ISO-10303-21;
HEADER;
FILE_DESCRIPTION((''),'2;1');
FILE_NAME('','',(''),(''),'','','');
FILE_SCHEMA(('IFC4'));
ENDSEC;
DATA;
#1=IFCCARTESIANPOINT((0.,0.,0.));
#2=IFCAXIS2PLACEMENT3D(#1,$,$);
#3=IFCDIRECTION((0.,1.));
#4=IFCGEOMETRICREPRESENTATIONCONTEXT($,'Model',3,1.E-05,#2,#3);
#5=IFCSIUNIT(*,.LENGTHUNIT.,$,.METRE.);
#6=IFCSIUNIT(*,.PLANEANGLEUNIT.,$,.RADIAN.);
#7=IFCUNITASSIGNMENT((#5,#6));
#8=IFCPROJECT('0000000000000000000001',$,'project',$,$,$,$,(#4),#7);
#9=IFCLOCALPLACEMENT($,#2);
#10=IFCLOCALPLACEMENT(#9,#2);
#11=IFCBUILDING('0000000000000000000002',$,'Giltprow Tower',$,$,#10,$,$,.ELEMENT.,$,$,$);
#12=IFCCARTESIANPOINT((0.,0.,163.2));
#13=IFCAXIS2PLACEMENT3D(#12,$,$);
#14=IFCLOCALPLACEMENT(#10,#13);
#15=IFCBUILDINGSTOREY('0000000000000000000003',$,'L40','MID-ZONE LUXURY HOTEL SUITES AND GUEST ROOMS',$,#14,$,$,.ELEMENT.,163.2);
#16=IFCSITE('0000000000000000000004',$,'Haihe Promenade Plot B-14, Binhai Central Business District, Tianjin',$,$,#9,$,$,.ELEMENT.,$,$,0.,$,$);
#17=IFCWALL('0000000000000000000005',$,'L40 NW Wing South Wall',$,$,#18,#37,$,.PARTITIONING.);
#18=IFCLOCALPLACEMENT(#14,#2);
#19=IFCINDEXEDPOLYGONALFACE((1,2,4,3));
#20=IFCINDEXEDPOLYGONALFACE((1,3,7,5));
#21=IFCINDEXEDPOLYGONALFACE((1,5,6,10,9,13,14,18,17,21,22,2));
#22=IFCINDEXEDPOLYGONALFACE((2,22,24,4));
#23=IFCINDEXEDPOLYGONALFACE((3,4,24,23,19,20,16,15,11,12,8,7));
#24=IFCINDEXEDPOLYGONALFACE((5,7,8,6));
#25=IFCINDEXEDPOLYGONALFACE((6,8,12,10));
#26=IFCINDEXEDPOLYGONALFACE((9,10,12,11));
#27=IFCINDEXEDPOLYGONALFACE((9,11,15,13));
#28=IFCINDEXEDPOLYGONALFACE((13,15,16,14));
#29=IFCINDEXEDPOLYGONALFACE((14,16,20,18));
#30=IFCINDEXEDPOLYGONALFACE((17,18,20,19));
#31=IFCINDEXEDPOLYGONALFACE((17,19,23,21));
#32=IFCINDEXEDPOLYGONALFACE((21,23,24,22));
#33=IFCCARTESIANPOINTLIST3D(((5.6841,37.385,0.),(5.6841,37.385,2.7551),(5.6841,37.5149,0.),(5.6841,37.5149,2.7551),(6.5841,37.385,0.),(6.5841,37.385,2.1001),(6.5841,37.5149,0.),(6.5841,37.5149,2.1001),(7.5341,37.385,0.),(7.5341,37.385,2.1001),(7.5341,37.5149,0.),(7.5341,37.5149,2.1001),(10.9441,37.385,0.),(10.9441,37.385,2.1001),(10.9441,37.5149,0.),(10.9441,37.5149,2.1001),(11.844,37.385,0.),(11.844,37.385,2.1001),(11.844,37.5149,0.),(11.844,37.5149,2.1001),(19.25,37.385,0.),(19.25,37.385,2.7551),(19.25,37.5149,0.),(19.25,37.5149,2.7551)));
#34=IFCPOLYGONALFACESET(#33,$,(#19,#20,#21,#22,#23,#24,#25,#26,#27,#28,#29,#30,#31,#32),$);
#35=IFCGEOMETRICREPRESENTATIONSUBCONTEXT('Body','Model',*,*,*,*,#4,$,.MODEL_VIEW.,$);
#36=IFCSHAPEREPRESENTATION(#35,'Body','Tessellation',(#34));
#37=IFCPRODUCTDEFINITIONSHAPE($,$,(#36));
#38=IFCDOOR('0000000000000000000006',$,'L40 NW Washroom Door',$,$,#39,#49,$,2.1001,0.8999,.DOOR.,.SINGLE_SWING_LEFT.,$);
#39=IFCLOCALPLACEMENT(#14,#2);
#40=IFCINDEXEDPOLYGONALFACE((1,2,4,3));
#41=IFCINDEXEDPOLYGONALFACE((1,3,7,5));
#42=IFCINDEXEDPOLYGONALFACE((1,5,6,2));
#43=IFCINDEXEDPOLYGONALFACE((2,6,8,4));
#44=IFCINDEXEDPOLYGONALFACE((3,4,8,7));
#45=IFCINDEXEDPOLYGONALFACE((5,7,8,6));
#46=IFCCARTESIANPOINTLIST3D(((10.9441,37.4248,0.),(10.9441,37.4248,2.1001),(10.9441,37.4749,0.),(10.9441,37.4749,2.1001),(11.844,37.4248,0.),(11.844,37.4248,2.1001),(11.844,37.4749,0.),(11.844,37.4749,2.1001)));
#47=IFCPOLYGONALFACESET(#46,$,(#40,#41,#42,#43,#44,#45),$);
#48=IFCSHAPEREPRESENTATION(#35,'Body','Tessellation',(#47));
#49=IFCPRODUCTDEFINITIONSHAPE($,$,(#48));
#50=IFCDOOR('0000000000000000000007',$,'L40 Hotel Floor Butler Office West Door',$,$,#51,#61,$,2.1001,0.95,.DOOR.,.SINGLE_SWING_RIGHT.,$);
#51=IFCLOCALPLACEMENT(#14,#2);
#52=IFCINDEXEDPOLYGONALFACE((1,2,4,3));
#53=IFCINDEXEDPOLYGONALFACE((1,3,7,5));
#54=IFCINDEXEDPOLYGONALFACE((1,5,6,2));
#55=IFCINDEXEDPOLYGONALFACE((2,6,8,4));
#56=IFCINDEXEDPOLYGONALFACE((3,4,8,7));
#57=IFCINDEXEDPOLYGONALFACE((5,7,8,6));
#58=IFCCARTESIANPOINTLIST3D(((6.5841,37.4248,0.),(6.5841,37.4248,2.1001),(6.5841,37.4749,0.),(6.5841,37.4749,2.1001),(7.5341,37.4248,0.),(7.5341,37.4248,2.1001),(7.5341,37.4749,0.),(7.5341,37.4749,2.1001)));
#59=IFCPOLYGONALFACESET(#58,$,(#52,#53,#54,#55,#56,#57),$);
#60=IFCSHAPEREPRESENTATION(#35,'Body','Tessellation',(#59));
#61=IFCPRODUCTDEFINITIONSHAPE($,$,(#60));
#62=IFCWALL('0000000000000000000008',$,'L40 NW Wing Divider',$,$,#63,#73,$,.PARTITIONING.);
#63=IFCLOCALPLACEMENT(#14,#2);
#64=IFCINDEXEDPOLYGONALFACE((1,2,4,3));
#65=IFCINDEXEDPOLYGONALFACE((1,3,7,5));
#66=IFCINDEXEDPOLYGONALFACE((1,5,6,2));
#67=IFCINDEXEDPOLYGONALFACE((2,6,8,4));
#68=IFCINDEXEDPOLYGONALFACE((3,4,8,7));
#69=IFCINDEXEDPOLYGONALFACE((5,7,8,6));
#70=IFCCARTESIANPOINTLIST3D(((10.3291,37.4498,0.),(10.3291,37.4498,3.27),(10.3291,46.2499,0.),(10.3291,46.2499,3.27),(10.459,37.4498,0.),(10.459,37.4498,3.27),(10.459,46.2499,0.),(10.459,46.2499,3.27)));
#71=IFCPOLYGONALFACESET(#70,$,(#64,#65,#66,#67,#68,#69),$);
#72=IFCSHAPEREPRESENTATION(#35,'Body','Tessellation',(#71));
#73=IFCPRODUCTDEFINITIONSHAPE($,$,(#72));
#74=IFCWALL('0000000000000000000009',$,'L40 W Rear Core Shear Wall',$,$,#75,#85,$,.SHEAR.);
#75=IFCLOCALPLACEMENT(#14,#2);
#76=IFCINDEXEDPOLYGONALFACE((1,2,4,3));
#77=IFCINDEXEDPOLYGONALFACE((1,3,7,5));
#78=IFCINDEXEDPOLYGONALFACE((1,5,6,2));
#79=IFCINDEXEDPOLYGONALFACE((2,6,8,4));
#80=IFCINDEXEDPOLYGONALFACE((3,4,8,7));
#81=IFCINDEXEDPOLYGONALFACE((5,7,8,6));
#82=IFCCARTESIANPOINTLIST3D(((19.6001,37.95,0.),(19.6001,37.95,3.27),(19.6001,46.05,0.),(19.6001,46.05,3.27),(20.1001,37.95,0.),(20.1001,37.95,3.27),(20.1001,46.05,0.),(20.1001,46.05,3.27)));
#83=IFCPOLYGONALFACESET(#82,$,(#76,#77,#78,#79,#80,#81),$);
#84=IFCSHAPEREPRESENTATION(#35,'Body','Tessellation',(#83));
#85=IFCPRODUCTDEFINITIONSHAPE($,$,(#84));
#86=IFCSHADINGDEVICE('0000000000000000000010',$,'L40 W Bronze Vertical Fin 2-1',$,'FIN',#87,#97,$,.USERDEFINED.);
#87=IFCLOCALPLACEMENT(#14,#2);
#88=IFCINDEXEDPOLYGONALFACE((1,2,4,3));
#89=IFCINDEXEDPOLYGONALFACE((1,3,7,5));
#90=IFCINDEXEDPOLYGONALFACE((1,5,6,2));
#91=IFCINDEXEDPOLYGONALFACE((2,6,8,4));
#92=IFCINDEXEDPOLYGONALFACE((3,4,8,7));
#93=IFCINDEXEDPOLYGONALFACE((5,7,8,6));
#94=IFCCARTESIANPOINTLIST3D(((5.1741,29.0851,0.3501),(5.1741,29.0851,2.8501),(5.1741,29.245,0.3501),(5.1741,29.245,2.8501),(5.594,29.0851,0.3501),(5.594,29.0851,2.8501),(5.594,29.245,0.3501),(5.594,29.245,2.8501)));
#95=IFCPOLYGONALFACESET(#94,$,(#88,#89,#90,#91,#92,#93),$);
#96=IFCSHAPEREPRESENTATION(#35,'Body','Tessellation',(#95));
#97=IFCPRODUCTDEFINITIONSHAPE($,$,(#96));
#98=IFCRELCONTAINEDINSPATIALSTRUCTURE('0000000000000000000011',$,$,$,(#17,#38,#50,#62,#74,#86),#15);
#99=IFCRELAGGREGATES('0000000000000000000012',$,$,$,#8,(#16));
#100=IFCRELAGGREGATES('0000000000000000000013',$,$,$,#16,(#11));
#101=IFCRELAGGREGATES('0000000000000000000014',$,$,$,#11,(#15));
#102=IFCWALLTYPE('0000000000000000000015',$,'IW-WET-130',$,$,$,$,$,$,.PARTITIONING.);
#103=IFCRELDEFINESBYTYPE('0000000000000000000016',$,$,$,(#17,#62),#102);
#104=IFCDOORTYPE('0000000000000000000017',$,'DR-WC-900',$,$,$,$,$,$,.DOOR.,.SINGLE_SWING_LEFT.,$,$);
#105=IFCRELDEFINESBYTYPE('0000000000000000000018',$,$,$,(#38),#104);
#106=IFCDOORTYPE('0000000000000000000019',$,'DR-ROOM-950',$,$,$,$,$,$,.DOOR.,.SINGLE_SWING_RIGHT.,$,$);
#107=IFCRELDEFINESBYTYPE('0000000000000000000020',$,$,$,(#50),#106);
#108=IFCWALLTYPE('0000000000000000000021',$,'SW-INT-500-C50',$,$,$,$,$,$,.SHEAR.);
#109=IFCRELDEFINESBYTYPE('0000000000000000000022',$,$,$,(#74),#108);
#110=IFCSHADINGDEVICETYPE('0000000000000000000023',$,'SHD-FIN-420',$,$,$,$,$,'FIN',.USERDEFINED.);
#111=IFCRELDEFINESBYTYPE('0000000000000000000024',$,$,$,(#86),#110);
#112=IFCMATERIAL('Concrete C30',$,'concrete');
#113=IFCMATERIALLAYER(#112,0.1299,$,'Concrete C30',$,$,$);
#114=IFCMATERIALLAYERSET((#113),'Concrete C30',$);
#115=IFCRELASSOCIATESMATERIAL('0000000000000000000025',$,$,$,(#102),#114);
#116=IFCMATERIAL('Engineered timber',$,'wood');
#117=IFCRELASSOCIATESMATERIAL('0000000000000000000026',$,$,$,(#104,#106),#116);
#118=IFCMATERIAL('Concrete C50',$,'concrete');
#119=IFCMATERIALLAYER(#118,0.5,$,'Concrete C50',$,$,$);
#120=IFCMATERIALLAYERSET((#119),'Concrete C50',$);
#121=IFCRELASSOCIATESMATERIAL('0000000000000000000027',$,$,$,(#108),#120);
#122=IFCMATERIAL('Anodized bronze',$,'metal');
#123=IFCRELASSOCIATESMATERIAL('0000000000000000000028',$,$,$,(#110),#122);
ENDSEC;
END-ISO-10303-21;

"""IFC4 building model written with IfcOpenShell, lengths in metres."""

from ifc_helpers import new_model, si_unit, direction, frame, frame_2d, origin, origin_2d, place, context, subcontext, project, spatial, rectangle, extrude, source, transform, mapped, material, layer, layer_set, type_object, element, fill, save


model = new_model("IFC4")

# Units and contexts
model_context = context("Model", 3, precision=1e-05, world=origin(), true_north=direction((0.0, 1.0)))
body_context = subcontext(model_context, "Body", "Model", "MODEL_VIEW")
ifc_project = project(units=[si_unit("LENGTHUNIT", "METRE"), si_unit("PLANEANGLEUNIT", "RADIAN")], contexts=[model_context])

# Site, building, storey
site_placement = place(None, origin())
site = spatial("IfcSite", under=ifc_project, at=site_placement, Name="Haihe Promenade Plot B-14, Binhai Central Business District, Tianjin", CompositionType="ELEMENT", RefElevation=0.0)
building_placement = place(site_placement, origin())
building = spatial("IfcBuilding", under=site, at=building_placement, Name="Giltprow Tower", CompositionType="ELEMENT")
storey_placement = place(building_placement, frame((0.0, 0.0, 163.2)))
storey = spatial("IfcBuildingStorey", under=building, at=storey_placement, Name="L40", Description="MID-ZONE LUXURY HOTEL SUITES AND GUEST ROOMS", CompositionType="ELEMENT", Elevation=163.2)

# Shared definitions
ifc_material_1 = material(Name="Concrete C50", Category="concrete")

# Shared definitions
ifc_material_2 = material(Name="Engineered timber", Category="wood")

# Wall, openings, doors
ifc_material_3 = material(Name="Concrete C30", Category="concrete")
ifc_layer_1 = layer(ifc_material_3, 0.1299, Name="Concrete C30")
ifc_layer_set_1 = layer_set([ifc_layer_1], Name="Concrete C30")
wall_type_1 = type_object("IfcWallType", Name="IW-WET-130", PredefinedType="PARTITIONING", material=ifc_layer_set_1)
wall_1_placement = place(storey_placement, frame((5.6841, 37.45, 0.0), z_axis=(0.0, 0.0, 1.0), x_axis=(1.0, 0.0, 0.0)))
wall_1 = element("IfcWall", 1, at=wall_1_placement, inside=storey, type_object=wall_type_1, Name="L40 NW Wing South Wall", PredefinedType="PARTITIONING", context=body_context, shape_type="SweptSolid", body=[
    extrude(rectangle(XDim=13.5659, YDim=0.1299, at=frame_2d((6.783, 0.0))), origin(), (0.0, 0.0, 1.0), 2.7551),
])
opening_1_placement = place(wall_1_placement, frame((0.8999, 0.0, 0.0)))
opening_1 = element("IfcOpeningElement", 2, at=opening_1_placement, cuts=wall_1, PredefinedType="OPENING", context=body_context, shape_type="SweptSolid", body=[
    extrude(rectangle(XDim=0.95, YDim=2.1001, at=frame_2d((0.4751, 1.05))), frame((0.0, 0.075, 0.0), z_axis=(0.0, -1.0, 0.0), x_axis=(1.0, 0.0, 0.0)), (0.0, 0.0, 1.0), 0.1499),
])
opening_2_placement = place(wall_1_placement, frame((5.26, 0.0, 0.0)))
opening_2 = element("IfcOpeningElement", 3, at=opening_2_placement, cuts=wall_1, PredefinedType="OPENING", context=body_context, shape_type="SweptSolid", body=[
    extrude(rectangle(XDim=0.8999, YDim=2.1001, at=frame_2d((0.45, 1.05))), frame((0.0, 0.075, 0.0), z_axis=(0.0, -1.0, 0.0), x_axis=(1.0, 0.0, 0.0)), (0.0, 0.0, 1.0), 0.1499),
])
door_type_1 = type_object("IfcDoorType", Name="DR-WC-900", OperationType="SINGLE_SWING_LEFT", PredefinedType="DOOR", material=ifc_material_2)
shared_shape_1 = source(origin(), body_context, "Body", "SweptSolid", [
    extrude(rectangle(XDim=0.8999, YDim=2.1001, at=frame_2d((0.45, 1.05))), frame((0.0, 0.0249, 0.0), z_axis=(0.0, -1.0, 0.0), x_axis=(1.0, 0.0, 0.0)), (0.0, 0.0, 1.0), 0.05),
])
door_1_placement = place(opening_2_placement, origin())
door_1 = element("IfcDoor", 4, at=door_1_placement, inside=storey, type_object=door_type_1, Name="L40 NW Washroom Door", OperationType="SINGLE_SWING_LEFT", OverallHeight=2.1001, OverallWidth=0.8999, PredefinedType="DOOR", context=body_context, shape_type="MappedRepresentation", body=[
    mapped(shared_shape_1, transform((0.0, 0.0, 0.0), x_axis=(1.0, 0.0, 0.0), y_axis=(0.0, 1.0, 0.0), z_axis=(0.0, 0.0, 1.0), scale=1.0)),
])
fill(opening_2, door_1)
door_type_2 = type_object("IfcDoorType", Name="DR-ROOM-950", OperationType="SINGLE_SWING_RIGHT", PredefinedType="DOOR", material=ifc_material_2)
shared_shape_2 = source(origin(), body_context, "Body", "SweptSolid", [
    extrude(rectangle(XDim=0.95, YDim=2.1001, at=frame_2d((0.4751, 1.05))), frame((0.0, 0.0249, 0.0), z_axis=(0.0, -1.0, 0.0), x_axis=(1.0, 0.0, 0.0)), (0.0, 0.0, 1.0), 0.05),
])
door_2_placement = place(opening_1_placement, origin())
door_2 = element("IfcDoor", 5, at=door_2_placement, inside=storey, type_object=door_type_2, Name="L40 Hotel Floor Butler Office West Door", OperationType="SINGLE_SWING_RIGHT", OverallHeight=2.1001, OverallWidth=0.95, PredefinedType="DOOR", context=body_context, shape_type="MappedRepresentation", body=[
    mapped(shared_shape_2, transform((0.0, 0.0, 0.0), x_axis=(1.0, 0.0, 0.0), y_axis=(0.0, 1.0, 0.0), z_axis=(0.0, 0.0, 1.0), scale=1.0)),
])
fill(opening_1, door_2)

# Wall
wall_2_placement = place(storey_placement, frame((10.394, 37.45, 0.0), z_axis=(0.0, 0.0, 1.0), x_axis=(0.0, 1.0, 0.0)))
element("IfcWall", 6, at=wall_2_placement, inside=storey, type_object=wall_type_1, Name="L40 NW Wing Divider", PredefinedType="PARTITIONING", context=body_context, shape_type="SweptSolid", body=[
    extrude(rectangle(XDim=8.8, YDim=0.1299, at=frame_2d((4.3999, 0.0))), origin(), (0.0, 0.0, 1.0), 3.27),
])

# Shared definitions
ifc_layer_2 = layer(ifc_material_1, 0.5, Name="Concrete C50")
ifc_layer_set_2 = layer_set([ifc_layer_2], Name="Concrete C50")
wall_type_2 = type_object("IfcWallType", Name="SW-INT-500-C50", PredefinedType="SHEAR", material=ifc_layer_set_2)

# Wall
wall_3_placement = place(storey_placement, frame((19.8501, 37.95, 0.0), z_axis=(0.0, 0.0, 1.0), x_axis=(0.0, 1.0, 0.0)))
element("IfcWall", 7, at=wall_3_placement, inside=storey, type_object=wall_type_2, Name="L40 W Rear Core Shear Wall", PredefinedType="SHEAR", context=body_context, shape_type="SweptSolid", body=[
    extrude(rectangle(XDim=8.1001, YDim=0.5, at=frame_2d((4.05, 0.0))), origin(), (0.0, 0.0, 1.0), 3.27),
])

# Shading device
ifc_material_4 = material(Name="Anodized bronze", Category="metal")
shading_device_type = type_object("IfcShadingDeviceType", Name="SHD-FIN-420", ElementType="FIN", PredefinedType="USERDEFINED", material=ifc_material_4)
shared_shape_3 = source(origin(), body_context, "Body", "SweptSolid", [
    extrude(rectangle(XDim=0.4199, YDim=0.1599, at=origin_2d()), origin(), (0.0, 0.0, 1.0), 2.5),
])
shading_device_placement = place(storey_placement, frame((5.384, 29.165, 0.3501), z_axis=(0.0, 0.0, 1.0), x_axis=(1.0, 0.0, 0.0)))
element("IfcShadingDevice", 8, at=shading_device_placement, inside=storey, type_object=shading_device_type, Name="L40 W Bronze Vertical Fin 2-1", ObjectType="FIN", PredefinedType="USERDEFINED", context=body_context, shape_type="MappedRepresentation", body=[
    mapped(shared_shape_3, transform((0.0, 0.0, 0.0), x_axis=(1.0, 0.0, 0.0), y_axis=(0.0, 1.0, 0.0), z_axis=(0.0, 0.0, 1.0), scale=1.0)),
])

save(model, "model.ifc")
